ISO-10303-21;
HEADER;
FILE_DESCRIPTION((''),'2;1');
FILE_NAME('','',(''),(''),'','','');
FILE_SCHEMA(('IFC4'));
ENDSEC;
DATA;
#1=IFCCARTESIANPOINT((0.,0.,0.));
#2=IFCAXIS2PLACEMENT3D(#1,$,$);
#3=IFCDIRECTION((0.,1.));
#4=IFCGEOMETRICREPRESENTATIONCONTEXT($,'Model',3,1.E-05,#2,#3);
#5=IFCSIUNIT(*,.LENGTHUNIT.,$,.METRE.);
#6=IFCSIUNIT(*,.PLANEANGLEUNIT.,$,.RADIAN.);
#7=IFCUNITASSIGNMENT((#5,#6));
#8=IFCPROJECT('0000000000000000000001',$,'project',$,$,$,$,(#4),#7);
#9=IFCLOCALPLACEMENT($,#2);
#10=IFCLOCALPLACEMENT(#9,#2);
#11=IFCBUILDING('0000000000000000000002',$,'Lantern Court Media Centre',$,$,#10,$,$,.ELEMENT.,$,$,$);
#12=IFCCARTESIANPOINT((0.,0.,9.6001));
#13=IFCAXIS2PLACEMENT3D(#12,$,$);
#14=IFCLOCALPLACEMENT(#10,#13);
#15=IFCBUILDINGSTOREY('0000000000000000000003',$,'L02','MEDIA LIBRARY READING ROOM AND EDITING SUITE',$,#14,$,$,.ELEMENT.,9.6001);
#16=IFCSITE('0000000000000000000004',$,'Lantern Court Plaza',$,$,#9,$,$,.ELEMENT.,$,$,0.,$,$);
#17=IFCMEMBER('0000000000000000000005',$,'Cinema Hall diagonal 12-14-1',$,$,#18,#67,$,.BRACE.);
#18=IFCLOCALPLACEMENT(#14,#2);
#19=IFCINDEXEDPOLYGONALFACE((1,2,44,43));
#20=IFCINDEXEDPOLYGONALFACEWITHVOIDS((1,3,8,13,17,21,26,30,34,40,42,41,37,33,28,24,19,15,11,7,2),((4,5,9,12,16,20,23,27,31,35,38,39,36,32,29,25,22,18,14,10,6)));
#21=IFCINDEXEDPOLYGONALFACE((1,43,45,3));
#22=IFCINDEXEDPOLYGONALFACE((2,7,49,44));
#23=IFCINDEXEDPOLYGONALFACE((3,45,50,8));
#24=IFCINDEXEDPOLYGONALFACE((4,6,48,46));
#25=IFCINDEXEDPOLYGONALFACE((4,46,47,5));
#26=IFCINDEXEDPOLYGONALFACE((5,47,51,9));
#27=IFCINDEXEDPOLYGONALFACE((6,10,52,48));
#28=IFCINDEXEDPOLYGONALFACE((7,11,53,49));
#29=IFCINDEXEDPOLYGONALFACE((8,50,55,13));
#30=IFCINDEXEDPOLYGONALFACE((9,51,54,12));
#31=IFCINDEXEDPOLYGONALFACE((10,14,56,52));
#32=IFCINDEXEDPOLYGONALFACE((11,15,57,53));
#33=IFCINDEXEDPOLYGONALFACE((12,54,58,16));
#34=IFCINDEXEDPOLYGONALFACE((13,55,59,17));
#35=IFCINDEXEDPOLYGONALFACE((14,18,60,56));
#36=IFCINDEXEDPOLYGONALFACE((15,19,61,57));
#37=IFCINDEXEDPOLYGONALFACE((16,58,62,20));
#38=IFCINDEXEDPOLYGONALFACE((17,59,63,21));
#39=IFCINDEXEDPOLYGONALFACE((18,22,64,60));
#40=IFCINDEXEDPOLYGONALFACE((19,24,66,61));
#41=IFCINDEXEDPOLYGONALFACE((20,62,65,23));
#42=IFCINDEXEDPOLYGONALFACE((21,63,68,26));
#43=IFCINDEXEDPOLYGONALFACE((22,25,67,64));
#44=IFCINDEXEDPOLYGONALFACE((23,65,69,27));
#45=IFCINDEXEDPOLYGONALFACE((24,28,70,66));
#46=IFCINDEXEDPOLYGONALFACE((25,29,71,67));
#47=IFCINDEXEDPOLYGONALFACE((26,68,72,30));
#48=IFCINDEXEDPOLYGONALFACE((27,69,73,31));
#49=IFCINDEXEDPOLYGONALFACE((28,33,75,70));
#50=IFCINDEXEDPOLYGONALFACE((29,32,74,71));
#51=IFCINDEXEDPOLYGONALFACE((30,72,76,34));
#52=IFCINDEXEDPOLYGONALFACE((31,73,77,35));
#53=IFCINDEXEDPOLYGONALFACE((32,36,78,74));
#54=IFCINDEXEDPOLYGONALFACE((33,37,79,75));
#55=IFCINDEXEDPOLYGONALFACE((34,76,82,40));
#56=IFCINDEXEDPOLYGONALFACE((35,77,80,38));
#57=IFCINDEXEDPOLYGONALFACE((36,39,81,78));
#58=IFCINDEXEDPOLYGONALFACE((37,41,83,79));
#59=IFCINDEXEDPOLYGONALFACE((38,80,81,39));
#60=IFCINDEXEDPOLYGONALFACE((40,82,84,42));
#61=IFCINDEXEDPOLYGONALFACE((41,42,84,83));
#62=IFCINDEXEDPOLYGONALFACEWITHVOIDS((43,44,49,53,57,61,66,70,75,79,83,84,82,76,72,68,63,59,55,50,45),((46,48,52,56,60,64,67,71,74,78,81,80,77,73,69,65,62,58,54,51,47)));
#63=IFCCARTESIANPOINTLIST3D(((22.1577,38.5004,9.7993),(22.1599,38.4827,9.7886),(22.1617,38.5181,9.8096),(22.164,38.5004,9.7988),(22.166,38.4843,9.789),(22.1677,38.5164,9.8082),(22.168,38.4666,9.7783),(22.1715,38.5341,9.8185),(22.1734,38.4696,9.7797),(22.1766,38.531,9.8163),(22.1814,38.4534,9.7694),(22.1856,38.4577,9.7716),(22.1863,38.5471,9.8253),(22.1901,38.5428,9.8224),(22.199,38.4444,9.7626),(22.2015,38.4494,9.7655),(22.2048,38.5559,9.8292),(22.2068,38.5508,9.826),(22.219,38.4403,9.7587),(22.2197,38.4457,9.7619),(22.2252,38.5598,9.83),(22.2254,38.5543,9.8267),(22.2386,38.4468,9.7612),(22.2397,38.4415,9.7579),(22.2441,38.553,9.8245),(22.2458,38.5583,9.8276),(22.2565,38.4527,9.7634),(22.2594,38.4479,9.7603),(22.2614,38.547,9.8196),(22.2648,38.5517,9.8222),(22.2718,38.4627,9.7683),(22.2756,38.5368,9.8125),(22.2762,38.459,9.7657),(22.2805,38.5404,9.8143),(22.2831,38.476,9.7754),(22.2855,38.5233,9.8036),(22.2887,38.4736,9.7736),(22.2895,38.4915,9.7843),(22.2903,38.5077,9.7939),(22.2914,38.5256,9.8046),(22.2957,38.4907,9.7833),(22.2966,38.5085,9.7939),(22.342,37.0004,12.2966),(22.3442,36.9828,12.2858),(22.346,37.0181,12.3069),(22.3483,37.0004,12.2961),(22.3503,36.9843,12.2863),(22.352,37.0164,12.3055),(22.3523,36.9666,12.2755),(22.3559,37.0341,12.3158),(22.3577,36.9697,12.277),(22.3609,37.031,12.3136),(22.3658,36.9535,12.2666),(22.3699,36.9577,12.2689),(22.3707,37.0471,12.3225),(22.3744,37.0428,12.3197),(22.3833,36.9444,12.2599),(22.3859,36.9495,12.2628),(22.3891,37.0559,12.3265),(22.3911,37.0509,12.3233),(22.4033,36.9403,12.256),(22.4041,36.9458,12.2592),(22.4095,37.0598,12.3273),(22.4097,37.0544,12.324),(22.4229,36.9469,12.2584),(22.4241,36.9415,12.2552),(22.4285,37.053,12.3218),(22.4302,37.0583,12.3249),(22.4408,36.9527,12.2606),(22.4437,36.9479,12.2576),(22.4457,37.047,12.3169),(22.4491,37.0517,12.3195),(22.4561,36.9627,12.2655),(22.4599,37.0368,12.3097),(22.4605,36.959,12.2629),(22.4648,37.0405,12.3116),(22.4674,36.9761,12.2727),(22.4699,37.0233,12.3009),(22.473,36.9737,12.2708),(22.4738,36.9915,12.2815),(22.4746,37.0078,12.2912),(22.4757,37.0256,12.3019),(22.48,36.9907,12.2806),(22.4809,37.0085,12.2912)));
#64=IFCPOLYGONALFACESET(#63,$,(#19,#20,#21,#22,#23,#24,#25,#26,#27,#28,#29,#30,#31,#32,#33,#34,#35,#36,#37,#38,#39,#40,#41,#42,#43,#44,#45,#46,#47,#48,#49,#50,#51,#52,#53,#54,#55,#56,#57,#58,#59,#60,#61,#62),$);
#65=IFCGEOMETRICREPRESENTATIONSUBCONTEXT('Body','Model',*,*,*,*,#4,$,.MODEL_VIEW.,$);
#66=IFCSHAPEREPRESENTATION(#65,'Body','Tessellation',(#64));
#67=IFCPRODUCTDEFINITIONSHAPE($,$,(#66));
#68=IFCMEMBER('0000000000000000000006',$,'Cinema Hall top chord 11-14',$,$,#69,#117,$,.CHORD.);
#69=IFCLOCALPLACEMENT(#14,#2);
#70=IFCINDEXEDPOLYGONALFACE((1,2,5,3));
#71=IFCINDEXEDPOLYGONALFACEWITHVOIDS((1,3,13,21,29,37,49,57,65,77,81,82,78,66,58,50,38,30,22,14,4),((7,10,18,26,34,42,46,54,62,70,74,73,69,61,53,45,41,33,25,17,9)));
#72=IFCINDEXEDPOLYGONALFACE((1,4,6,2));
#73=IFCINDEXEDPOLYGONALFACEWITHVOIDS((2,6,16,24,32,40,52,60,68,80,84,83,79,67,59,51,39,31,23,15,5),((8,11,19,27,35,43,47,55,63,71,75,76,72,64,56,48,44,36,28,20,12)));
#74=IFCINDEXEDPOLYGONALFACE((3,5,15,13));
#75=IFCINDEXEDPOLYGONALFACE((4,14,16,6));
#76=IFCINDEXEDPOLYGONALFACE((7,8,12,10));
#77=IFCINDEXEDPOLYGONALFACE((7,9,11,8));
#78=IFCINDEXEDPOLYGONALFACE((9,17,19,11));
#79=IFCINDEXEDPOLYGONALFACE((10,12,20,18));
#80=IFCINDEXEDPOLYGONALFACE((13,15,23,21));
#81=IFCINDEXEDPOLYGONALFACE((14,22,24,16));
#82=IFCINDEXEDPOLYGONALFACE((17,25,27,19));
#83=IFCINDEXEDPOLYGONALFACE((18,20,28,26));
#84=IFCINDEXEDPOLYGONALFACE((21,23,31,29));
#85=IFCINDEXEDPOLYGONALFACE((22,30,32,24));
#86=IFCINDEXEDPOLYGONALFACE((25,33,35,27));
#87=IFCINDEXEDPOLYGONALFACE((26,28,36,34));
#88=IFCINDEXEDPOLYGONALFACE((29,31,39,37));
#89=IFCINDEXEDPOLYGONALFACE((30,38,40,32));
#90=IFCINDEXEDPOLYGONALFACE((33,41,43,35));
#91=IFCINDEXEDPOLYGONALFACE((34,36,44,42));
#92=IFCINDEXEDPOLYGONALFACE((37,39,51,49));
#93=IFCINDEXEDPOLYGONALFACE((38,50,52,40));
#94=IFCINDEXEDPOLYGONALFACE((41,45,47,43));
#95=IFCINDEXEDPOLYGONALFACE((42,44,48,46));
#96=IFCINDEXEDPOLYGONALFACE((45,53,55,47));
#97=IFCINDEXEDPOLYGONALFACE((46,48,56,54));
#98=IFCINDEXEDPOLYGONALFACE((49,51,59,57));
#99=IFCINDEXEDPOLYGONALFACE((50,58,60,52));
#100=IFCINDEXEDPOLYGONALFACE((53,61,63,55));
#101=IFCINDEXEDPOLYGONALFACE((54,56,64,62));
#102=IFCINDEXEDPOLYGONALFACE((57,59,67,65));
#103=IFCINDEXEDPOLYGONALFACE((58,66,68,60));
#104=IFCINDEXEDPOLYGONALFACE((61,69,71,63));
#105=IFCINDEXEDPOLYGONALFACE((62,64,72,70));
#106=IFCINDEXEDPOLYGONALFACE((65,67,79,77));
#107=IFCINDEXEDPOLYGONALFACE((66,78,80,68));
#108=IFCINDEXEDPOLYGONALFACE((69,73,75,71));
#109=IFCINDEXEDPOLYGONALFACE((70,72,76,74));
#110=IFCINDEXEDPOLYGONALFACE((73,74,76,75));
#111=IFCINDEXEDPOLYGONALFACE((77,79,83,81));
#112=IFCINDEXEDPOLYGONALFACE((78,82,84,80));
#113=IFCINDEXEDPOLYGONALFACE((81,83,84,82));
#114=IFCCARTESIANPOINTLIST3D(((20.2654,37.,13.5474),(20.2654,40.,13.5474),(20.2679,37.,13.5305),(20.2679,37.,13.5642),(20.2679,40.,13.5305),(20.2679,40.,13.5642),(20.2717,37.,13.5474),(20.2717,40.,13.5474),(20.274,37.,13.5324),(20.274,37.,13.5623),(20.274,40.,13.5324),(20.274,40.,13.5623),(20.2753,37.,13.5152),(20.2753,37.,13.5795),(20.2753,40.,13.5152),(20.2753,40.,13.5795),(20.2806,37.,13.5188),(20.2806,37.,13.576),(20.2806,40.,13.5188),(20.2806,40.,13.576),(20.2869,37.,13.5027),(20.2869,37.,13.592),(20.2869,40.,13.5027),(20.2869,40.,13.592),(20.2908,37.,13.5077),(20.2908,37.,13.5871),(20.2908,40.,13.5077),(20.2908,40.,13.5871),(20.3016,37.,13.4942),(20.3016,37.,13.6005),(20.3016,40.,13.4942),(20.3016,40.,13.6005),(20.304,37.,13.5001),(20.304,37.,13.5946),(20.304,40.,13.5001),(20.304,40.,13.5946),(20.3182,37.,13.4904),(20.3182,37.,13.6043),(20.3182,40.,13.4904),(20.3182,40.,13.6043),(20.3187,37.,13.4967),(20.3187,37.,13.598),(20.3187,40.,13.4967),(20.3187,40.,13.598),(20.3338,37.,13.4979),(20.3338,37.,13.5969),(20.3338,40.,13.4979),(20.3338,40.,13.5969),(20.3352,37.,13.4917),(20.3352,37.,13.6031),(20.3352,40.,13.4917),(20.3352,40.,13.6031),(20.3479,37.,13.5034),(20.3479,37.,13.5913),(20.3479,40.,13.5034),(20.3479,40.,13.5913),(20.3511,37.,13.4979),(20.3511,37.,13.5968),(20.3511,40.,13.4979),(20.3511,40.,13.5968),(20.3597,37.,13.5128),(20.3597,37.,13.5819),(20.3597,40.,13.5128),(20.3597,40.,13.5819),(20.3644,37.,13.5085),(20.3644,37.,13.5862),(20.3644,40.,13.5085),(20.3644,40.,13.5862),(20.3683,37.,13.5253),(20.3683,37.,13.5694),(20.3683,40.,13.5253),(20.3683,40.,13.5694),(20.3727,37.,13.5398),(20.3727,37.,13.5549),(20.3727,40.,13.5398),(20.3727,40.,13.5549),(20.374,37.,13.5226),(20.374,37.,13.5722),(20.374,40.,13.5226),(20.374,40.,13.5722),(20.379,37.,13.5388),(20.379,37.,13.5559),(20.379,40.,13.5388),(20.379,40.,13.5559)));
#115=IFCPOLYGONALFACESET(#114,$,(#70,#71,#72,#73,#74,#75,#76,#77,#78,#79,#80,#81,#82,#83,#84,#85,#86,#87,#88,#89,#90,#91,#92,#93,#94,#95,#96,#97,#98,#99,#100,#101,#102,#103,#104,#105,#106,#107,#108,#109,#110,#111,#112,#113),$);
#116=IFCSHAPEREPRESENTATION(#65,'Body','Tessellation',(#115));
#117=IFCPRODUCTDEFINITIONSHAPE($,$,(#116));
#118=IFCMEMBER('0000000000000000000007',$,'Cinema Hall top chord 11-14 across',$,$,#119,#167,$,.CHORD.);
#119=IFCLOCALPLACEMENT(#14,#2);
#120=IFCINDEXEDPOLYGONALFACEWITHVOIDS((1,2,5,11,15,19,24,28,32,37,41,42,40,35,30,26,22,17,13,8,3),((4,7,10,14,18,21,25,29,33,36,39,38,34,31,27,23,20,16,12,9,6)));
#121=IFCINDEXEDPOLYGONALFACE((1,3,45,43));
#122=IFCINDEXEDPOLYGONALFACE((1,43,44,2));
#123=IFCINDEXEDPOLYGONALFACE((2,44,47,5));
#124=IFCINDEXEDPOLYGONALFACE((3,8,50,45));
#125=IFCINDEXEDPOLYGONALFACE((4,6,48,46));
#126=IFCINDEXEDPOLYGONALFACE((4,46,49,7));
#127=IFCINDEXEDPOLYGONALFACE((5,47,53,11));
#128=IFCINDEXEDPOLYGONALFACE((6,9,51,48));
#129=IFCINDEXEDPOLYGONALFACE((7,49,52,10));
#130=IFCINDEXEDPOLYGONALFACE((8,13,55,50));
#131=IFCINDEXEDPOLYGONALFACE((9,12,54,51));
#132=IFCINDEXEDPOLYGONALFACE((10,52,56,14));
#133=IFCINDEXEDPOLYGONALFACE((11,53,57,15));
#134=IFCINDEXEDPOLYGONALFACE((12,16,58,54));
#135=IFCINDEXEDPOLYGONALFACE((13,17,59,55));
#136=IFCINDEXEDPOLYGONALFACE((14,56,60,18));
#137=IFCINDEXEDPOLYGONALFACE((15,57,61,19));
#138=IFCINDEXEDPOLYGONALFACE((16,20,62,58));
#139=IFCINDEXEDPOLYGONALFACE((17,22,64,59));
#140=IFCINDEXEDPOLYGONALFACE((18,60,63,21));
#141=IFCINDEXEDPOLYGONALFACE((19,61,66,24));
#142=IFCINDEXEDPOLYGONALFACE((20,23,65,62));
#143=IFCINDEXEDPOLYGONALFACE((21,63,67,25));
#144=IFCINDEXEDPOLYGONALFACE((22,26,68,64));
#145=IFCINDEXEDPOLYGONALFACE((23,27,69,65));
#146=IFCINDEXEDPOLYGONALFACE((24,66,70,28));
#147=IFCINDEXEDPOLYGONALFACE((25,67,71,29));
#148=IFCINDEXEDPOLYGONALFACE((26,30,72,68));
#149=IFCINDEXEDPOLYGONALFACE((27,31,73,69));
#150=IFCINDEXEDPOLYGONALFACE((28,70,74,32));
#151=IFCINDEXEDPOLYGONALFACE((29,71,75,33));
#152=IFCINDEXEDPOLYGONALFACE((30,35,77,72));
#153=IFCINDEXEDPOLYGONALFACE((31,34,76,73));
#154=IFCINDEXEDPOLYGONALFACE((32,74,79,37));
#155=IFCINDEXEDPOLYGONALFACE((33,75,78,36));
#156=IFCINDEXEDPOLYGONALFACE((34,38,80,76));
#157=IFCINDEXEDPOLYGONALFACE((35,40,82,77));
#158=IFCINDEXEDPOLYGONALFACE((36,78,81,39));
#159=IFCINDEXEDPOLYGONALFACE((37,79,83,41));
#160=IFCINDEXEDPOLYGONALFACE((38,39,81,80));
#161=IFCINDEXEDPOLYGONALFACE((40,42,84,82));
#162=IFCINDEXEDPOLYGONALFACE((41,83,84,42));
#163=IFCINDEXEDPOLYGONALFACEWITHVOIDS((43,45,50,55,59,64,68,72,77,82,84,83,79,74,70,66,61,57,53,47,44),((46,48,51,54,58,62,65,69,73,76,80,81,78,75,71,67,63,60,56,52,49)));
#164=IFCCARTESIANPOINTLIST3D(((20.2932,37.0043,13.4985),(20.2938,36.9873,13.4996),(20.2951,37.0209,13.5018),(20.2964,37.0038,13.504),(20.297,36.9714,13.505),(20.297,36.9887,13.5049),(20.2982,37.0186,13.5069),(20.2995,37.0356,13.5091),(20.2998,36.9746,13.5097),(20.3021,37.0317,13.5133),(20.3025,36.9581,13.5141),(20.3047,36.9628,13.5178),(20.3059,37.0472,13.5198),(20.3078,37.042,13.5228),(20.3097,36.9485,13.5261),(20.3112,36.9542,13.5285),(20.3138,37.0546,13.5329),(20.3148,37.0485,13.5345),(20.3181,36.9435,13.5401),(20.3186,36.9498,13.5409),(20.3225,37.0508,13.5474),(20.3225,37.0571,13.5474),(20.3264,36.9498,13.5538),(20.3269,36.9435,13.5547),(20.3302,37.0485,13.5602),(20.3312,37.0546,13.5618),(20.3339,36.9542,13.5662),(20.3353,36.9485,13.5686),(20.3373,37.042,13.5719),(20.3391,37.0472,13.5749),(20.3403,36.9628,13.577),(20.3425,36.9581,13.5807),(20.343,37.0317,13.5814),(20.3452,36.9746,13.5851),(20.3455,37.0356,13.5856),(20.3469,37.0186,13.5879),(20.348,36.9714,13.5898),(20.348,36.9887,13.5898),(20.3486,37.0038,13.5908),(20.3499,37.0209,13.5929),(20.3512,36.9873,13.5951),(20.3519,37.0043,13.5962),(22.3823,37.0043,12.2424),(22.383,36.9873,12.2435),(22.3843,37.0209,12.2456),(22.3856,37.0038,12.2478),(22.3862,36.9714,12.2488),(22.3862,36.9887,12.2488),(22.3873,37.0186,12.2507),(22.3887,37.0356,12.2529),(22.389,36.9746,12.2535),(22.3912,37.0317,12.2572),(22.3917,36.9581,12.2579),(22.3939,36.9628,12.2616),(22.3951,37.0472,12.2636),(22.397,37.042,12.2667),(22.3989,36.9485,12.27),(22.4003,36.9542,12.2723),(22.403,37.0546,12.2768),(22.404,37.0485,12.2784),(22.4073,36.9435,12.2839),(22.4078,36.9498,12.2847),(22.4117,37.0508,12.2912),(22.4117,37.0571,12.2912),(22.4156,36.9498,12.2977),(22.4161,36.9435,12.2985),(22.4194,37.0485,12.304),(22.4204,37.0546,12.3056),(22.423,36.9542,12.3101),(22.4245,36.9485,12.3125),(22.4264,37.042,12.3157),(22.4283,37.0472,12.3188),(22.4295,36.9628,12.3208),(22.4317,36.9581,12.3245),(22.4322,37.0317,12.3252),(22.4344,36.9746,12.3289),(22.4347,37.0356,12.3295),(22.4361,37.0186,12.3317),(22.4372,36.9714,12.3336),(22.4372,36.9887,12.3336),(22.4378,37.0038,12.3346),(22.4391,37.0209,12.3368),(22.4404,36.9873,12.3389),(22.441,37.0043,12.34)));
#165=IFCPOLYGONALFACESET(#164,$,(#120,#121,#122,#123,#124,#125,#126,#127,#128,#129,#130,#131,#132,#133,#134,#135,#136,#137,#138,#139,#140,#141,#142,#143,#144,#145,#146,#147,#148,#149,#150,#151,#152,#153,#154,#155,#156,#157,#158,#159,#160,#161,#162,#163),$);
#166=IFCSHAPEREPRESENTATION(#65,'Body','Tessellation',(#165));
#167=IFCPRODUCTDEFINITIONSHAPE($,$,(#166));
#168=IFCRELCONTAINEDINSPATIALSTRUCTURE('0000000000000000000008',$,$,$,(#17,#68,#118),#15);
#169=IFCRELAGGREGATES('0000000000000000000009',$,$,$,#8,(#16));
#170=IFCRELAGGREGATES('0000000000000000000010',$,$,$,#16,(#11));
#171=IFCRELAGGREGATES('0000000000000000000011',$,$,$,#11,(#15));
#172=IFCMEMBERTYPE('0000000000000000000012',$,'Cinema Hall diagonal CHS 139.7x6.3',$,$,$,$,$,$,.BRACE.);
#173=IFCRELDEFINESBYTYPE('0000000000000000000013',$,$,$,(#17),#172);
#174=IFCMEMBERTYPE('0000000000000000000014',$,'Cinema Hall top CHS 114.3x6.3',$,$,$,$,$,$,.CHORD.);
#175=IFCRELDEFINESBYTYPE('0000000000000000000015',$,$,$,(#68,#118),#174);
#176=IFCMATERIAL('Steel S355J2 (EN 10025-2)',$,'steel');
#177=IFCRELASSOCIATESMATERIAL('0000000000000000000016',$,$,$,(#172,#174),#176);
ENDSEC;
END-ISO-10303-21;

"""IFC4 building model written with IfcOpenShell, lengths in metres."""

from ifc_helpers import new_model, si_unit, direction, frame, origin, origin_2d, place, context, subcontext, project, spatial, hollow_circle, extrude, material, material_profile, profile_set, type_object, element, save


model = new_model("IFC4")

# Units and contexts
model_context = context("Model", 3, precision=1e-05, world=origin(), true_north=direction((0.0, 1.0)))
body_context = subcontext(model_context, "Body", "Model", "MODEL_VIEW")
ifc_project = project(units=[si_unit("LENGTHUNIT", "METRE"), si_unit("PLANEANGLEUNIT", "RADIAN")], contexts=[model_context])

# Site, building, storey
site_placement = place(None, origin())
site = spatial("IfcSite", under=ifc_project, at=site_placement, Name="Lantern Court Plaza", CompositionType="ELEMENT", RefElevation=0.0)
building_placement = place(site_placement, origin())
building = spatial("IfcBuilding", under=site, at=building_placement, Name="Lantern Court Media Centre", CompositionType="ELEMENT")
storey_placement = place(building_placement, frame((0.0, 0.0, 9.6001)))
storey = spatial("IfcBuildingStorey", under=building, at=storey_placement, Name="L02", Description="MEDIA LIBRARY READING ROOM AND EDITING SUITE", CompositionType="ELEMENT", Elevation=9.6001)

# Members
ifc_material = material(Name="Steel S355J2 (EN 10025-2)", Category="steel")
ifc_material_profile_1 = material_profile(ifc_material, hollow_circle(Radius=0.0698, WallThickness=0.0063, at=origin_2d()), Name="Cinema Hall diagonal CHS 139.7x6.3")
ifc_profile_set_1 = profile_set([ifc_material_profile_1], Name="Steel S355J2 (EN 10025-2)")
member_type_1 = type_object("IfcMemberType", Name="Cinema Hall diagonal CHS 139.7x6.3", PredefinedType="BRACE", material=ifc_profile_set_1)
for number, where, z_axis, x_axis, name in (
    (1, (22.2273, 38.5, 9.7939), (0.063147, -0.513875, 0.855538), (0.992534, 0.121967, 0.0), "Cinema Hall diagonal 12-14-1"),
):
    element("IfcMember", number, at=place(storey_placement, frame(where, z_axis=z_axis, x_axis=x_axis)), inside=storey, type_object=member_type_1, Name=name, PredefinedType="BRACE", context=body_context, shape_type="SweptSolid", body=[
        extrude(hollow_circle(Radius=0.0698, WallThickness=0.0063, at=origin_2d()), origin(), (0.0, 0.0, 1.0), 2.9189),
    ])
ifc_material_profile_2 = material_profile(ifc_material, hollow_circle(Radius=0.0571, WallThickness=0.0063, at=origin_2d()), Name="Cinema Hall top CHS 114.3x6.3")
ifc_profile_set_2 = profile_set([ifc_material_profile_2], Name="Steel S355J2 (EN 10025-2)")
member_type_2 = type_object("IfcMemberType", Name="Cinema Hall top CHS 114.3x6.3", PredefinedType="CHORD", material=ifc_profile_set_2)
member_1_placement = place(storey_placement, frame((20.3225, 37.0, 13.5474), z_axis=(0.0, 1.0, 0.0), x_axis=(-1.0, 0.0, 0.0)))
element("IfcMember", 2, at=member_1_placement, inside=storey, type_object=member_type_2, Name="Cinema Hall top chord 11-14", PredefinedType="CHORD", context=body_context, shape_type="SweptSolid", body=[
    extrude(hollow_circle(Radius=0.0571, WallThickness=0.0063, at=origin_2d()), origin(), (0.0, 0.0, 1.0), 3.0),
])
member_2_placement = place(storey_placement, frame((20.3225, 37.0, 13.5474), z_axis=(0.857015, 0.0, -0.515291), x_axis=(0.0, 1.0, 0.0)))
element("IfcMember", 3, at=member_2_placement, inside=storey, type_object=member_type_2, Name="Cinema Hall top chord 11-14 across", PredefinedType="CHORD", context=body_context, shape_type="SweptSolid", body=[
    extrude(hollow_circle(Radius=0.0571, WallThickness=0.0063, at=origin_2d()), origin(), (0.0, 0.0, 1.0), 2.4377),
])

save(model, "model.ifc")
